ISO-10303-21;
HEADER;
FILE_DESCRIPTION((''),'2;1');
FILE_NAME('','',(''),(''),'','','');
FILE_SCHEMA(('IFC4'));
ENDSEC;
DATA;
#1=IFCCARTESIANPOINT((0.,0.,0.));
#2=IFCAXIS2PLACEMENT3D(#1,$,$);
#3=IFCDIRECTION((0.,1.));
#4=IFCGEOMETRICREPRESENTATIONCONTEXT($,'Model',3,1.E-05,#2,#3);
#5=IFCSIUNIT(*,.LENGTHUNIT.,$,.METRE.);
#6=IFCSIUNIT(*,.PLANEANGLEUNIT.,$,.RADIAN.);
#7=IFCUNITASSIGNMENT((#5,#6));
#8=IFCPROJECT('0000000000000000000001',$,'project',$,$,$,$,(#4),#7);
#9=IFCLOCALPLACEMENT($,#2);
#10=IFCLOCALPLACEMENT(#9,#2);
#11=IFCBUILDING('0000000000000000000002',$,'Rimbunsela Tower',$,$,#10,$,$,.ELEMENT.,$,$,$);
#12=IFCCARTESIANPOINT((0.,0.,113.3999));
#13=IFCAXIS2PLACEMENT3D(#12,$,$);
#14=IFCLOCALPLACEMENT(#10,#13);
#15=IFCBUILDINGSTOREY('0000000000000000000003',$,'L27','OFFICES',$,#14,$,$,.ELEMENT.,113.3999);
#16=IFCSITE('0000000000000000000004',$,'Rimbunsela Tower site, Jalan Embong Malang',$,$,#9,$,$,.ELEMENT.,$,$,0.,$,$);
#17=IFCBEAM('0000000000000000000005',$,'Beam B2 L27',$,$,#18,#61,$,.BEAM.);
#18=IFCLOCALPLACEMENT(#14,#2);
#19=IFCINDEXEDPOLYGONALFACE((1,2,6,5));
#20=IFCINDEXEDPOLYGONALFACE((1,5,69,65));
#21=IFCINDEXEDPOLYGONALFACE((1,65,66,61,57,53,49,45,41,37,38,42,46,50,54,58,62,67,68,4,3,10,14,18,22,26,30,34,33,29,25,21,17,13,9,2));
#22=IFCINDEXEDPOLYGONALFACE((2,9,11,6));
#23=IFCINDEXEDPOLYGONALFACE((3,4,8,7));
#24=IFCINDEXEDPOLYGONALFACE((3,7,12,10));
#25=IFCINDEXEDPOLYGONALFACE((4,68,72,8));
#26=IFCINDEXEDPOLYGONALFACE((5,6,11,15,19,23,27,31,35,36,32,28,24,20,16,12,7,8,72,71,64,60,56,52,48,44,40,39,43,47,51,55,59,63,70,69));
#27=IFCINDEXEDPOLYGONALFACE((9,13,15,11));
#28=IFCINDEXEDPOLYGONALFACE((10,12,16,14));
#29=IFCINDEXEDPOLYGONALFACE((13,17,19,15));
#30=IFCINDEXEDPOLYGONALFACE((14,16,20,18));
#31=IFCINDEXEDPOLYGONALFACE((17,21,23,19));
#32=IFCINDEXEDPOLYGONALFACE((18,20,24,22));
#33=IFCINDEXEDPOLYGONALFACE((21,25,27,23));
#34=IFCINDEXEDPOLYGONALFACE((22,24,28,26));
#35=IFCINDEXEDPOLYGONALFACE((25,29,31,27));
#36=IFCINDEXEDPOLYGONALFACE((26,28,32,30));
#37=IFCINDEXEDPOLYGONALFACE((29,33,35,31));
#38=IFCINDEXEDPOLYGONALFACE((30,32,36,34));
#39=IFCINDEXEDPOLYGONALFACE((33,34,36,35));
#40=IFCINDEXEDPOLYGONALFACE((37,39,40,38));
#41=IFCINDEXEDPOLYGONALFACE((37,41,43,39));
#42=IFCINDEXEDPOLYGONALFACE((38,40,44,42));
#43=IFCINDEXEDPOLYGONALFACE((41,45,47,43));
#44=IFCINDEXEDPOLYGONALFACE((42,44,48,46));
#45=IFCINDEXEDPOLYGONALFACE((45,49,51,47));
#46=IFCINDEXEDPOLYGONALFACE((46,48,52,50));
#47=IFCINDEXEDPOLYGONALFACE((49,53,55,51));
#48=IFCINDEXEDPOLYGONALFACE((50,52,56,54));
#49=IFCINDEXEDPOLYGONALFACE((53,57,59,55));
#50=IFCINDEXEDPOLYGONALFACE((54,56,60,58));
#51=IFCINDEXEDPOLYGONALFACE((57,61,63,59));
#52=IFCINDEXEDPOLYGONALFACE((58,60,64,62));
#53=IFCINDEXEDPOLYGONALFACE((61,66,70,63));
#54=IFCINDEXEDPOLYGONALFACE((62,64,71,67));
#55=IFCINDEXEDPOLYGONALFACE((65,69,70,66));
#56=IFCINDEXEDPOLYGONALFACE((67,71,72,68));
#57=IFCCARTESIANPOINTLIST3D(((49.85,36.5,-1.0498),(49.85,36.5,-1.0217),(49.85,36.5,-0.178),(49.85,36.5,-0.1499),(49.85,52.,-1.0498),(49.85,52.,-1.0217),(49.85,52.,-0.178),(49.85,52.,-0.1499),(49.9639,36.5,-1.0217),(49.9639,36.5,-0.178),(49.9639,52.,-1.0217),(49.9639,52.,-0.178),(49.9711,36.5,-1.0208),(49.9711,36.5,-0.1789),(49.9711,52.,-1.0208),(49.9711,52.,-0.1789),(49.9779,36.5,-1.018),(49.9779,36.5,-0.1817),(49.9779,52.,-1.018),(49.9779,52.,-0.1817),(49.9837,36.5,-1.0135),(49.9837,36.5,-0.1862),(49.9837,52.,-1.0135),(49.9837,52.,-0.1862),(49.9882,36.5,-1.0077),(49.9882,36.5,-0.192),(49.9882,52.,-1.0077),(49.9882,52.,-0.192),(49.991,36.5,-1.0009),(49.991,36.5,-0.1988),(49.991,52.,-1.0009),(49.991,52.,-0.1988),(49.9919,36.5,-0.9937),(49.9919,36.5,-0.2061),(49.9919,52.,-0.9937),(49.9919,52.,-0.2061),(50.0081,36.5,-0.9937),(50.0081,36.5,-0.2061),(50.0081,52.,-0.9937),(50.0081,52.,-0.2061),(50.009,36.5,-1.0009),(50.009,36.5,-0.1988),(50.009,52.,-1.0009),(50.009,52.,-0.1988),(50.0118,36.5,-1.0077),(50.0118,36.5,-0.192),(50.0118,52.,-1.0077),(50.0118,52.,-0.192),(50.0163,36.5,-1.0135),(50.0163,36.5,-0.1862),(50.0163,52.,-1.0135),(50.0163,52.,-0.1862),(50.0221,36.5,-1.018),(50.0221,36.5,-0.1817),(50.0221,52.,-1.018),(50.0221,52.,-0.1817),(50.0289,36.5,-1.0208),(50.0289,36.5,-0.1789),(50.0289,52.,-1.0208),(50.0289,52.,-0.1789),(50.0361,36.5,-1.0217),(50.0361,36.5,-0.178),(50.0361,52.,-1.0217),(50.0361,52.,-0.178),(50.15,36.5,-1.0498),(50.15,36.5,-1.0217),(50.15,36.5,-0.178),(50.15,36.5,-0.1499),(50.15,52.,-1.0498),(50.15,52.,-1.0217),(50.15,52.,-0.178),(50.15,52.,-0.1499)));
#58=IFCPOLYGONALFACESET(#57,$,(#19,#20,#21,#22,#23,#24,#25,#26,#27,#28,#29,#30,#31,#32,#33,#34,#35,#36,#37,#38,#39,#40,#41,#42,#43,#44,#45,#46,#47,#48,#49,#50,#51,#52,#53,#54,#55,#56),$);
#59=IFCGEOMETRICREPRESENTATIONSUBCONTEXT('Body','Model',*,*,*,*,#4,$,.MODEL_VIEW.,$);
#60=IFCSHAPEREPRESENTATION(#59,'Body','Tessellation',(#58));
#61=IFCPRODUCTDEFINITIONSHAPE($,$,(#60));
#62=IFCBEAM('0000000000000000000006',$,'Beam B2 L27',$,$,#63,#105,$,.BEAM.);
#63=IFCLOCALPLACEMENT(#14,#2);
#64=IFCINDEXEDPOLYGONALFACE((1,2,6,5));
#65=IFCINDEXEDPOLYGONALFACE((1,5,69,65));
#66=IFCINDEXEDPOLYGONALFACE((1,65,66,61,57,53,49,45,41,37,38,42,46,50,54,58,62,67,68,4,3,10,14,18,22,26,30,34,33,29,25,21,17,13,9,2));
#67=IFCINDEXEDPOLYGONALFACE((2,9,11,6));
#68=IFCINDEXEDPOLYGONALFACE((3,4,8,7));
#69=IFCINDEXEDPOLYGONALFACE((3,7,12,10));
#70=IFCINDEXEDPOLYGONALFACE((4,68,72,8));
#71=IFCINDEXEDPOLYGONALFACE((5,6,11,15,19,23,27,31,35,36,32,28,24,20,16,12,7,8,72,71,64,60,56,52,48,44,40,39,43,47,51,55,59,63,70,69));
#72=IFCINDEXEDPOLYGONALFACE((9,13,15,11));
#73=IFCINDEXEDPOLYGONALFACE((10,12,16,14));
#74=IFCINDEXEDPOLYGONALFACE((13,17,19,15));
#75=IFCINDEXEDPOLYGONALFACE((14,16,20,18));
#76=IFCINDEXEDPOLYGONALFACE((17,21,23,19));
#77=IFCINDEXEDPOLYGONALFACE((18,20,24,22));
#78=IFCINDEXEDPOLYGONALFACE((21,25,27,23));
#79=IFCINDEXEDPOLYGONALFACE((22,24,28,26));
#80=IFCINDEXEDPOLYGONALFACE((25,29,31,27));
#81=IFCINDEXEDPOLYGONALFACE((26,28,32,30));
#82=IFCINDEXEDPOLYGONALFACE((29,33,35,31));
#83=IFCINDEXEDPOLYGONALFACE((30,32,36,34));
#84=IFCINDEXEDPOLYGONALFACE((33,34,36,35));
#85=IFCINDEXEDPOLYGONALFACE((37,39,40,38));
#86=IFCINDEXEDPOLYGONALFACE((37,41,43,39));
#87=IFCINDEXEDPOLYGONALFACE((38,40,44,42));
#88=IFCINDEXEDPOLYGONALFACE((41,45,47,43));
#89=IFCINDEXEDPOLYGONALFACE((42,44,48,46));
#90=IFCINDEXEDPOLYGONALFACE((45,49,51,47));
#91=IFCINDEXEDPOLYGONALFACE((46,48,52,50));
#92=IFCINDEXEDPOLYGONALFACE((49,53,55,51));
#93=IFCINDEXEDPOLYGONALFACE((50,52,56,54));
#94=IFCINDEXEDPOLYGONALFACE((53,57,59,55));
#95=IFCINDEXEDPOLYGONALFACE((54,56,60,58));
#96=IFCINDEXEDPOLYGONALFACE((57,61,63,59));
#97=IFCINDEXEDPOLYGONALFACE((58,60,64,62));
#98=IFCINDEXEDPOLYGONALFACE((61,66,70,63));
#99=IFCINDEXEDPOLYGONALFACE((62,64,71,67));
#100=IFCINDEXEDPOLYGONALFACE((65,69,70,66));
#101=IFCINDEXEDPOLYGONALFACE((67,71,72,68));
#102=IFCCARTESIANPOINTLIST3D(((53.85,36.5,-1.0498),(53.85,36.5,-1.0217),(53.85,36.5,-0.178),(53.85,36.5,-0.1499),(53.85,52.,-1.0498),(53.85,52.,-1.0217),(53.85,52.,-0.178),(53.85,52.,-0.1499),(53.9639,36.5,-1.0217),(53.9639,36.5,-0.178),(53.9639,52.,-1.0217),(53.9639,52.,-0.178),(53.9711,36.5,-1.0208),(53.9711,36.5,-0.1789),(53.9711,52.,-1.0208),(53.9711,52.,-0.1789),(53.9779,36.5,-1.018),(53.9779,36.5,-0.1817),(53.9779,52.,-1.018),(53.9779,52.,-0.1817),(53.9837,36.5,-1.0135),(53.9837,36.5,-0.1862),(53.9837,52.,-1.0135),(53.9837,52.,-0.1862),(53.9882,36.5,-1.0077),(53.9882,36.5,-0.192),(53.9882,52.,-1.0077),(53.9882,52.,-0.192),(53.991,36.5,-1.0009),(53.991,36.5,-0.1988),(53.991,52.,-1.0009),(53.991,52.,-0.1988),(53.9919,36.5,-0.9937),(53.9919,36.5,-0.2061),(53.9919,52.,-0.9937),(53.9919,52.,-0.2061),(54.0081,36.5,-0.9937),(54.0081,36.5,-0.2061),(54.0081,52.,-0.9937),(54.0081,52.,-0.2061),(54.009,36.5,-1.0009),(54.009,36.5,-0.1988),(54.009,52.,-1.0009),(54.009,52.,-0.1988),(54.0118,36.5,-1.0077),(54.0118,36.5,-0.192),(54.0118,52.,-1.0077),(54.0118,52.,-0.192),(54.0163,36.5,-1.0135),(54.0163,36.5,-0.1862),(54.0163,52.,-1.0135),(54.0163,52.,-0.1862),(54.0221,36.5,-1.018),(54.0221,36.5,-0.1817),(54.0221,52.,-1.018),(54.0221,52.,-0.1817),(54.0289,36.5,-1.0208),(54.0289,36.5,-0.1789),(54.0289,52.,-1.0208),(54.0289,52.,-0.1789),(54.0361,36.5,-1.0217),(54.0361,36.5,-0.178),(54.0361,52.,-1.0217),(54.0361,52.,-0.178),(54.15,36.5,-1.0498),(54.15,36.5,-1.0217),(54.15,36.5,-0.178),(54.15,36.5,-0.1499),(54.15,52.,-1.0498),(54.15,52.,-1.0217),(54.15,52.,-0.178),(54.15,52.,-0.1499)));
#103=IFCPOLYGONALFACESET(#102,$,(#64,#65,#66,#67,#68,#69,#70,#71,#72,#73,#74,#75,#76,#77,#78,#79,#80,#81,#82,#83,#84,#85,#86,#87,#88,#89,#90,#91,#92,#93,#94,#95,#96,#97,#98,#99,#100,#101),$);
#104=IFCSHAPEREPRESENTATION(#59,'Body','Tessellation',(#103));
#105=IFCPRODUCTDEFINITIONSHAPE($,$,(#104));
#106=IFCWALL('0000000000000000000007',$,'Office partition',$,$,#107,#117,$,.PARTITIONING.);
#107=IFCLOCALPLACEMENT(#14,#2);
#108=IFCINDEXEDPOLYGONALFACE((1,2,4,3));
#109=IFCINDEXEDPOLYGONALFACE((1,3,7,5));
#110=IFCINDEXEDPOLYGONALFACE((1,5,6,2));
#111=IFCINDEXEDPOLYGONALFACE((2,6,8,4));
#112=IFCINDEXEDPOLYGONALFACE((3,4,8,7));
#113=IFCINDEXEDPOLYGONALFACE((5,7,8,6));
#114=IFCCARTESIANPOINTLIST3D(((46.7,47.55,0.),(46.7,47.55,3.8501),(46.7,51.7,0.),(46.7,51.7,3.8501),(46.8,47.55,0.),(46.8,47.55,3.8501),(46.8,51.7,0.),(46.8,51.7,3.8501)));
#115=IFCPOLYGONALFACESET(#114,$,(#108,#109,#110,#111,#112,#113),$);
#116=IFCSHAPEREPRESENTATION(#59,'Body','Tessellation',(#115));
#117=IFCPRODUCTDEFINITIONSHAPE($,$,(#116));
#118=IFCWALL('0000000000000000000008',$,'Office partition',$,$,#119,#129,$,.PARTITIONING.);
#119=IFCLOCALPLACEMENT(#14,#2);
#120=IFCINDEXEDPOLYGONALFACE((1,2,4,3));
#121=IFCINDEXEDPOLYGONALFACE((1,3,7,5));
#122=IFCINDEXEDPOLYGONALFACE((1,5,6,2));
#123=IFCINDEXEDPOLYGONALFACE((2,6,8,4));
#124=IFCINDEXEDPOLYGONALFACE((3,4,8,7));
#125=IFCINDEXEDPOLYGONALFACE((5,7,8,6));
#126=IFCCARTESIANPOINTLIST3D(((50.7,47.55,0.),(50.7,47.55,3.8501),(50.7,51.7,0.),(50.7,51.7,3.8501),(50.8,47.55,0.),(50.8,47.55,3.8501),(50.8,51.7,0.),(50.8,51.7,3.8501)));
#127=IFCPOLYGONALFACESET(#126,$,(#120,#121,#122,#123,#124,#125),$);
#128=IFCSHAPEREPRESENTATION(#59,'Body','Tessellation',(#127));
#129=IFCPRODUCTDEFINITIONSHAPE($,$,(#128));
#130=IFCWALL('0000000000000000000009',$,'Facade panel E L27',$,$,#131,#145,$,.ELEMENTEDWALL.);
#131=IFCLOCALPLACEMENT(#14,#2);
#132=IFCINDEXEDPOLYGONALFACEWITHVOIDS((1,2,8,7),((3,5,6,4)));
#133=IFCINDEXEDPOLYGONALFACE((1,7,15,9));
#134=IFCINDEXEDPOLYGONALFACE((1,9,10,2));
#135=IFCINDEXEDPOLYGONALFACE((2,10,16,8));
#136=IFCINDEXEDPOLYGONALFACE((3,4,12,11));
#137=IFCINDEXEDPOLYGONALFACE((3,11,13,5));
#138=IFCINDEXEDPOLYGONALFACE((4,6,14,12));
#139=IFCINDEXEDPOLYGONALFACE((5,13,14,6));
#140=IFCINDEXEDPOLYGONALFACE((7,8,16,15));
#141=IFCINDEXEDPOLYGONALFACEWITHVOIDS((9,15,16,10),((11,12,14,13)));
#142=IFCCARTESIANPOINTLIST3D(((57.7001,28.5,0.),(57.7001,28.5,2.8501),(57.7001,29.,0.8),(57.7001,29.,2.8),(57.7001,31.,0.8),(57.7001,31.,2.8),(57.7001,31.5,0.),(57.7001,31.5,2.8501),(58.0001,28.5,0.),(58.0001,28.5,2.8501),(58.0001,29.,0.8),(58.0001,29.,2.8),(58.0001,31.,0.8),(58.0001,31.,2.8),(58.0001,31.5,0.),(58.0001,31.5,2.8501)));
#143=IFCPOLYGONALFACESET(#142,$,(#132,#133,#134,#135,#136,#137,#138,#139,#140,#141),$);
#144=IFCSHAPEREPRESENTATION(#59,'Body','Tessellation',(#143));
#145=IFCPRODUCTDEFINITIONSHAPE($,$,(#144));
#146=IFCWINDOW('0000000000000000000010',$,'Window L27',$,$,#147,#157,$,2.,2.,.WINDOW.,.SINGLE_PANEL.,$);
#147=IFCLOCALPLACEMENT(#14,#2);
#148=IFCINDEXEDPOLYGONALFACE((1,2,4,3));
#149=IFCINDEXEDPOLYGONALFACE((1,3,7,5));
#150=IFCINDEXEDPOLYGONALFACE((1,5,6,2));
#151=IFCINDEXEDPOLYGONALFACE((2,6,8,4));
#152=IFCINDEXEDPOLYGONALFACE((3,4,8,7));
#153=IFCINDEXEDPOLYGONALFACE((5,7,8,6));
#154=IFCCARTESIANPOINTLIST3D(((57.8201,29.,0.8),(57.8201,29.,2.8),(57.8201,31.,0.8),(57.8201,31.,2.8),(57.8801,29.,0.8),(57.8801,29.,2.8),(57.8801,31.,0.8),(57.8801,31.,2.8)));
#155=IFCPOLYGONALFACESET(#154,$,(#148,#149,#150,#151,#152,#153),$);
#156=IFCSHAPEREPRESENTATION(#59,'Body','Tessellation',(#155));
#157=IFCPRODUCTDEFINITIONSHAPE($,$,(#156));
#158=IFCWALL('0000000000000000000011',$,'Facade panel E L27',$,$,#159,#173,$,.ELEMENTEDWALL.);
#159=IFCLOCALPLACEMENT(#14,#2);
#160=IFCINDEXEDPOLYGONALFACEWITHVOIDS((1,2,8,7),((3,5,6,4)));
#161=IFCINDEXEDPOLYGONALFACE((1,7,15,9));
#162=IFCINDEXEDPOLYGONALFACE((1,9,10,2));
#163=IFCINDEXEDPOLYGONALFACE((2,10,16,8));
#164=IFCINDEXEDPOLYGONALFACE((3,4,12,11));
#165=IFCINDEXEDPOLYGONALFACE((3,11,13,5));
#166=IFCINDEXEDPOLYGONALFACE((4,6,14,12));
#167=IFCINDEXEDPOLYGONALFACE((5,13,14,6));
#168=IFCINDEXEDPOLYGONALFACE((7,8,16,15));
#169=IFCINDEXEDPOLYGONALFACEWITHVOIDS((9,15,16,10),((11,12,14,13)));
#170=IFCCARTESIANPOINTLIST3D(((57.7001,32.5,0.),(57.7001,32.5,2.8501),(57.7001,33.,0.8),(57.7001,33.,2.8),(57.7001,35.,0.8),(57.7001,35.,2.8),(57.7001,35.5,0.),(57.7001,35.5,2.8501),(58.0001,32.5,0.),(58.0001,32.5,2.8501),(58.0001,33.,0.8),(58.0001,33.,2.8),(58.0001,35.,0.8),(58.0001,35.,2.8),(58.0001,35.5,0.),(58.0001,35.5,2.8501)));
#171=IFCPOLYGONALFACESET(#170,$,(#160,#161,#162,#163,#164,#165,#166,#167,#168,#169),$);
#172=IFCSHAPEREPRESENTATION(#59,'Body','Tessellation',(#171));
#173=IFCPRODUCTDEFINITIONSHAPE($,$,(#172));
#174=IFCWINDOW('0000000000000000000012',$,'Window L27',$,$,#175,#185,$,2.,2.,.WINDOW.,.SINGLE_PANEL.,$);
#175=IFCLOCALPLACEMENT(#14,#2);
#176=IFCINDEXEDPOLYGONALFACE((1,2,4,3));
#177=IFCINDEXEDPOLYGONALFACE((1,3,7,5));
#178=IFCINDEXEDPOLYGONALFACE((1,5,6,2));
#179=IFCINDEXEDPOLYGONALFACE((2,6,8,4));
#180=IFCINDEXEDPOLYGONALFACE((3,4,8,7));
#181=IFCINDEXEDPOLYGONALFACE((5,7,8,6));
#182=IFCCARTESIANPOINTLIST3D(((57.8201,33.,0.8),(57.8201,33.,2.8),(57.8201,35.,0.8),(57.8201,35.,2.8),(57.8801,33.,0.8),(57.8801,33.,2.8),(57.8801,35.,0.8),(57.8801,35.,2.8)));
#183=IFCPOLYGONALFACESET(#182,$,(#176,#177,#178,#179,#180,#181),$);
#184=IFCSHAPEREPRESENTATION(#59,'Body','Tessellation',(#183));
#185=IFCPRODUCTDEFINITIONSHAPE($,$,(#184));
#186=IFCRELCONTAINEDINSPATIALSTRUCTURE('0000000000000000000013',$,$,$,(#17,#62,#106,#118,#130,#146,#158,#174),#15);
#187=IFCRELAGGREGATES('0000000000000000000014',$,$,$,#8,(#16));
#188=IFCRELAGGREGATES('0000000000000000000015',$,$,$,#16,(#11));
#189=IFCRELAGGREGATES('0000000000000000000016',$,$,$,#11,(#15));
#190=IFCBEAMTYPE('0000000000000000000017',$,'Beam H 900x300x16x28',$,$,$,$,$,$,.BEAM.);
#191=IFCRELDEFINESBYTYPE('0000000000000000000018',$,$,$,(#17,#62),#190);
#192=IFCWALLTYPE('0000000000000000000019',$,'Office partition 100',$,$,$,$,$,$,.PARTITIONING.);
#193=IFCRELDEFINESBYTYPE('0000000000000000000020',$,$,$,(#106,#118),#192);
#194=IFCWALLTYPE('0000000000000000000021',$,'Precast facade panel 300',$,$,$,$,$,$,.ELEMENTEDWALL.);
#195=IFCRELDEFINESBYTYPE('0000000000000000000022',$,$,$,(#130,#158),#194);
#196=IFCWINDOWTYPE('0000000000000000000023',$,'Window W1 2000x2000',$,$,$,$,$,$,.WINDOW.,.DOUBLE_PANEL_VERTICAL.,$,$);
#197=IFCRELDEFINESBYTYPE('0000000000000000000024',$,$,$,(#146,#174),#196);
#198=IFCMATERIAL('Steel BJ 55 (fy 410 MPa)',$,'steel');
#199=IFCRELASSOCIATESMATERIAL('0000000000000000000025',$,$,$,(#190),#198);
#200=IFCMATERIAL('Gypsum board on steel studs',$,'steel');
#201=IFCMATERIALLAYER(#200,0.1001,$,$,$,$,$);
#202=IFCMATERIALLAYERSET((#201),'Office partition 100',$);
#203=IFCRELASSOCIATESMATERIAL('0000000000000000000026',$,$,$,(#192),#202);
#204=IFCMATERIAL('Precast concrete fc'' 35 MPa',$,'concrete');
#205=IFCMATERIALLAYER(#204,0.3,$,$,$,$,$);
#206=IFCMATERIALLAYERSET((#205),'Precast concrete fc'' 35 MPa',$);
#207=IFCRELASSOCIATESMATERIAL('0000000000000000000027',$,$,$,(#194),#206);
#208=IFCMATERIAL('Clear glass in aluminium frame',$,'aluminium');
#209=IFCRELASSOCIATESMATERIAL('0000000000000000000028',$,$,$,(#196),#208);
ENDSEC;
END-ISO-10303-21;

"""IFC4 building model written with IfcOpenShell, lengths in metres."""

from ifc_helpers import new_model, si_unit, direction, frame, frame_2d, origin, origin_2d, place, context, subcontext, project, spatial, rectangle, i_section, extrude, material, layer, layer_set, material_profile, profile_set, type_object, element, fill, save


model = new_model("IFC4")

# Units and contexts
model_context = context("Model", 3, precision=1e-05, world=origin(), true_north=direction((0.0, 1.0)))
body_context = subcontext(model_context, "Body", "Model", "MODEL_VIEW")
ifc_project = project(units=[si_unit("LENGTHUNIT", "METRE"), si_unit("PLANEANGLEUNIT", "RADIAN")], contexts=[model_context])

# Site, building, storey
site_placement = place(None, origin())
site = spatial("IfcSite", under=ifc_project, at=site_placement, Name="Rimbunsela Tower site, Jalan Embong Malang", CompositionType="ELEMENT", RefElevation=0.0)
building_placement = place(site_placement, origin())
building = spatial("IfcBuilding", under=site, at=building_placement, Name="Rimbunsela Tower", CompositionType="ELEMENT")
storey_placement = place(building_placement, frame((0.0, 0.0, 113.3999)))
storey = spatial("IfcBuildingStorey", under=building, at=storey_placement, Name="L27", Description="OFFICES", CompositionType="ELEMENT", Elevation=113.3999)

# Beams
ifc_material_1 = material(Name="Steel BJ 55 (fy 410 MPa)", Category="steel")
ifc_material_profile_1 = material_profile(ifc_material_1, i_section(OverallWidth=0.3, OverallDepth=0.8999, WebThickness=0.0161, FlangeThickness=0.0281, FilletRadius=0.0281, at=origin_2d()), Name="H 900x300x16x28")
ifc_profile_set_1 = profile_set([ifc_material_profile_1], Name="Steel BJ 55 (fy 410 MPa)")
beam_type_1 = type_object("IfcBeamType", Name="Beam H 900x300x16x28", PredefinedType="BEAM", material=ifc_profile_set_1)
for number, where, z_axis, x_axis, name in (
    (1, (50.0, 36.5, -0.5999), (0.0, 1.0, 0.0), (-1.0, 0.0, 0.0), "Beam B2 L27"),
    (2, (54.0, 36.5, -0.5999), (0.0, 1.0, 0.0), (-1.0, 0.0, 0.0), "Beam B2 L27"),
):
    element("IfcBeam", number, at=place(storey_placement, frame(where, z_axis=z_axis, x_axis=x_axis)), inside=storey, type_object=beam_type_1, Name=name, PredefinedType="BEAM", context=body_context, shape_type="SweptSolid", body=[
        extrude(i_section(OverallWidth=0.3, OverallDepth=0.8999, WebThickness=0.0161, FlangeThickness=0.0281, FilletRadius=0.0281, at=origin_2d()), origin(), (0.0, 0.0, 1.0), 15.5),
    ])

# Walls
ifc_material_2 = material(Name="Gypsum board on steel studs", Category="steel")
ifc_layer_1 = layer(ifc_material_2, 0.1001)
ifc_layer_set_1 = layer_set([ifc_layer_1], Name="Office partition 100")
wall_type_1 = type_object("IfcWallType", Name="Office partition 100", PredefinedType="PARTITIONING", material=ifc_layer_set_1)
for number, where, z_axis, x_axis, name in (
    (3, (46.75, 47.55, 0.0), (0.0, 0.0, 1.0), (0.0, 1.0, 0.0), "Office partition"),
    (4, (50.75, 47.55, 0.0), (0.0, 0.0, 1.0), (0.0, 1.0, 0.0), "Office partition"),
):
    element("IfcWall", number, at=place(storey_placement, frame(where, z_axis=z_axis, x_axis=x_axis)), inside=storey, type_object=wall_type_1, Name=name, PredefinedType="PARTITIONING", context=body_context, shape_type="SweptSolid", body=[
        extrude(rectangle(XDim=4.1499, YDim=0.1001, at=frame_2d((2.075, 0.0))), origin(), (0.0, 0.0, 1.0), 3.8501),
    ])

# Walls, openings, windows
ifc_material_3 = material(Name="Precast concrete fc' 35 MPa", Category="concrete")
ifc_layer_2 = layer(ifc_material_3, 0.3)
ifc_layer_set_2 = layer_set([ifc_layer_2], Name="Precast concrete fc' 35 MPa")
wall_type_2 = type_object("IfcWallType", Name="Precast facade panel 300", PredefinedType="ELEMENTEDWALL", material=ifc_layer_set_2)
wall_1_placement = place(storey_placement, frame((57.8501, 28.5, 0.0), z_axis=(0.0, 0.0, 1.0), x_axis=(0.0, 1.0, 0.0)))
wall_1 = element("IfcWall", 5, at=wall_1_placement, inside=storey, type_object=wall_type_2, Name="Facade panel E L27", PredefinedType="ELEMENTEDWALL", context=body_context, shape_type="SweptSolid", body=[
    extrude(rectangle(XDim=3.0, YDim=0.3, at=frame_2d((1.5, 0.0))), origin(), (0.0, 0.0, 1.0), 2.8501),
])
opening_1_placement = place(wall_1_placement, frame((0.5, 0.0, 0.8)))
opening_1 = element("IfcOpeningElement", 6, at=opening_1_placement, cuts=wall_1, PredefinedType="OPENING", context=body_context, shape_type="SweptSolid", body=[
    extrude(rectangle(XDim=2.0, YDim=2.0, at=frame_2d((1.0, 1.0))), frame((0.0, 0.1599, 0.0), z_axis=(0.0, -1.0, 0.0), x_axis=(1.0, 0.0, 0.0)), (0.0, 0.0, 1.0), 0.3201),
])
ifc_material_4 = material(Name="Clear glass in aluminium frame", Category="aluminium")
window_type = type_object("IfcWindowType", Name="Window W1 2000x2000", PartitioningType="DOUBLE_PANEL_VERTICAL", PredefinedType="WINDOW", material=ifc_material_4)
window_1_placement = place(opening_1_placement, origin())
window_1 = element("IfcWindow", 7, at=window_1_placement, inside=storey, type_object=window_type, Name="Window L27", OverallHeight=2.0, OverallWidth=2.0, PartitioningType="SINGLE_PANEL", PredefinedType="WINDOW", context=body_context, shape_type="SweptSolid", body=[
    extrude(rectangle(XDim=2.0, YDim=2.0, at=frame_2d((1.0, 1.0))), frame((0.0, 0.03, 0.0), z_axis=(0.0, -1.0, 0.0), x_axis=(1.0, 0.0, 0.0)), (0.0, 0.0, 1.0), 0.0601),
])
fill(opening_1, window_1)
wall_2_placement = place(storey_placement, frame((57.8501, 32.5, 0.0), z_axis=(0.0, 0.0, 1.0), x_axis=(0.0, 1.0, 0.0)))
wall_2 = element("IfcWall", 8, at=wall_2_placement, inside=storey, type_object=wall_type_2, Name="Facade panel E L27", PredefinedType="ELEMENTEDWALL", context=body_context, shape_type="SweptSolid", body=[
    extrude(rectangle(XDim=3.0, YDim=0.3, at=frame_2d((1.5, 0.0))), origin(), (0.0, 0.0, 1.0), 2.8501),
])
opening_2_placement = place(wall_2_placement, frame((0.5, 0.0, 0.8)))
opening_2 = element("IfcOpeningElement", 9, at=opening_2_placement, cuts=wall_2, PredefinedType="OPENING", context=body_context, shape_type="SweptSolid", body=[
    extrude(rectangle(XDim=2.0, YDim=2.0, at=frame_2d((1.0, 1.0))), frame((0.0, 0.1599, 0.0), z_axis=(0.0, -1.0, 0.0), x_axis=(1.0, 0.0, 0.0)), (0.0, 0.0, 1.0), 0.3201),
])
window_2_placement = place(opening_2_placement, origin())
window_2 = element("IfcWindow", 10, at=window_2_placement, inside=storey, type_object=window_type, Name="Window L27", OverallHeight=2.0, OverallWidth=2.0, PartitioningType="SINGLE_PANEL", PredefinedType="WINDOW", context=body_context, shape_type="SweptSolid", body=[
    extrude(rectangle(XDim=2.0, YDim=2.0, at=frame_2d((1.0, 1.0))), frame((0.0, 0.03, 0.0), z_axis=(0.0, -1.0, 0.0), x_axis=(1.0, 0.0, 0.0)), (0.0, 0.0, 1.0), 0.0601),
])
fill(opening_2, window_2)

save(model, "model.ifc")
